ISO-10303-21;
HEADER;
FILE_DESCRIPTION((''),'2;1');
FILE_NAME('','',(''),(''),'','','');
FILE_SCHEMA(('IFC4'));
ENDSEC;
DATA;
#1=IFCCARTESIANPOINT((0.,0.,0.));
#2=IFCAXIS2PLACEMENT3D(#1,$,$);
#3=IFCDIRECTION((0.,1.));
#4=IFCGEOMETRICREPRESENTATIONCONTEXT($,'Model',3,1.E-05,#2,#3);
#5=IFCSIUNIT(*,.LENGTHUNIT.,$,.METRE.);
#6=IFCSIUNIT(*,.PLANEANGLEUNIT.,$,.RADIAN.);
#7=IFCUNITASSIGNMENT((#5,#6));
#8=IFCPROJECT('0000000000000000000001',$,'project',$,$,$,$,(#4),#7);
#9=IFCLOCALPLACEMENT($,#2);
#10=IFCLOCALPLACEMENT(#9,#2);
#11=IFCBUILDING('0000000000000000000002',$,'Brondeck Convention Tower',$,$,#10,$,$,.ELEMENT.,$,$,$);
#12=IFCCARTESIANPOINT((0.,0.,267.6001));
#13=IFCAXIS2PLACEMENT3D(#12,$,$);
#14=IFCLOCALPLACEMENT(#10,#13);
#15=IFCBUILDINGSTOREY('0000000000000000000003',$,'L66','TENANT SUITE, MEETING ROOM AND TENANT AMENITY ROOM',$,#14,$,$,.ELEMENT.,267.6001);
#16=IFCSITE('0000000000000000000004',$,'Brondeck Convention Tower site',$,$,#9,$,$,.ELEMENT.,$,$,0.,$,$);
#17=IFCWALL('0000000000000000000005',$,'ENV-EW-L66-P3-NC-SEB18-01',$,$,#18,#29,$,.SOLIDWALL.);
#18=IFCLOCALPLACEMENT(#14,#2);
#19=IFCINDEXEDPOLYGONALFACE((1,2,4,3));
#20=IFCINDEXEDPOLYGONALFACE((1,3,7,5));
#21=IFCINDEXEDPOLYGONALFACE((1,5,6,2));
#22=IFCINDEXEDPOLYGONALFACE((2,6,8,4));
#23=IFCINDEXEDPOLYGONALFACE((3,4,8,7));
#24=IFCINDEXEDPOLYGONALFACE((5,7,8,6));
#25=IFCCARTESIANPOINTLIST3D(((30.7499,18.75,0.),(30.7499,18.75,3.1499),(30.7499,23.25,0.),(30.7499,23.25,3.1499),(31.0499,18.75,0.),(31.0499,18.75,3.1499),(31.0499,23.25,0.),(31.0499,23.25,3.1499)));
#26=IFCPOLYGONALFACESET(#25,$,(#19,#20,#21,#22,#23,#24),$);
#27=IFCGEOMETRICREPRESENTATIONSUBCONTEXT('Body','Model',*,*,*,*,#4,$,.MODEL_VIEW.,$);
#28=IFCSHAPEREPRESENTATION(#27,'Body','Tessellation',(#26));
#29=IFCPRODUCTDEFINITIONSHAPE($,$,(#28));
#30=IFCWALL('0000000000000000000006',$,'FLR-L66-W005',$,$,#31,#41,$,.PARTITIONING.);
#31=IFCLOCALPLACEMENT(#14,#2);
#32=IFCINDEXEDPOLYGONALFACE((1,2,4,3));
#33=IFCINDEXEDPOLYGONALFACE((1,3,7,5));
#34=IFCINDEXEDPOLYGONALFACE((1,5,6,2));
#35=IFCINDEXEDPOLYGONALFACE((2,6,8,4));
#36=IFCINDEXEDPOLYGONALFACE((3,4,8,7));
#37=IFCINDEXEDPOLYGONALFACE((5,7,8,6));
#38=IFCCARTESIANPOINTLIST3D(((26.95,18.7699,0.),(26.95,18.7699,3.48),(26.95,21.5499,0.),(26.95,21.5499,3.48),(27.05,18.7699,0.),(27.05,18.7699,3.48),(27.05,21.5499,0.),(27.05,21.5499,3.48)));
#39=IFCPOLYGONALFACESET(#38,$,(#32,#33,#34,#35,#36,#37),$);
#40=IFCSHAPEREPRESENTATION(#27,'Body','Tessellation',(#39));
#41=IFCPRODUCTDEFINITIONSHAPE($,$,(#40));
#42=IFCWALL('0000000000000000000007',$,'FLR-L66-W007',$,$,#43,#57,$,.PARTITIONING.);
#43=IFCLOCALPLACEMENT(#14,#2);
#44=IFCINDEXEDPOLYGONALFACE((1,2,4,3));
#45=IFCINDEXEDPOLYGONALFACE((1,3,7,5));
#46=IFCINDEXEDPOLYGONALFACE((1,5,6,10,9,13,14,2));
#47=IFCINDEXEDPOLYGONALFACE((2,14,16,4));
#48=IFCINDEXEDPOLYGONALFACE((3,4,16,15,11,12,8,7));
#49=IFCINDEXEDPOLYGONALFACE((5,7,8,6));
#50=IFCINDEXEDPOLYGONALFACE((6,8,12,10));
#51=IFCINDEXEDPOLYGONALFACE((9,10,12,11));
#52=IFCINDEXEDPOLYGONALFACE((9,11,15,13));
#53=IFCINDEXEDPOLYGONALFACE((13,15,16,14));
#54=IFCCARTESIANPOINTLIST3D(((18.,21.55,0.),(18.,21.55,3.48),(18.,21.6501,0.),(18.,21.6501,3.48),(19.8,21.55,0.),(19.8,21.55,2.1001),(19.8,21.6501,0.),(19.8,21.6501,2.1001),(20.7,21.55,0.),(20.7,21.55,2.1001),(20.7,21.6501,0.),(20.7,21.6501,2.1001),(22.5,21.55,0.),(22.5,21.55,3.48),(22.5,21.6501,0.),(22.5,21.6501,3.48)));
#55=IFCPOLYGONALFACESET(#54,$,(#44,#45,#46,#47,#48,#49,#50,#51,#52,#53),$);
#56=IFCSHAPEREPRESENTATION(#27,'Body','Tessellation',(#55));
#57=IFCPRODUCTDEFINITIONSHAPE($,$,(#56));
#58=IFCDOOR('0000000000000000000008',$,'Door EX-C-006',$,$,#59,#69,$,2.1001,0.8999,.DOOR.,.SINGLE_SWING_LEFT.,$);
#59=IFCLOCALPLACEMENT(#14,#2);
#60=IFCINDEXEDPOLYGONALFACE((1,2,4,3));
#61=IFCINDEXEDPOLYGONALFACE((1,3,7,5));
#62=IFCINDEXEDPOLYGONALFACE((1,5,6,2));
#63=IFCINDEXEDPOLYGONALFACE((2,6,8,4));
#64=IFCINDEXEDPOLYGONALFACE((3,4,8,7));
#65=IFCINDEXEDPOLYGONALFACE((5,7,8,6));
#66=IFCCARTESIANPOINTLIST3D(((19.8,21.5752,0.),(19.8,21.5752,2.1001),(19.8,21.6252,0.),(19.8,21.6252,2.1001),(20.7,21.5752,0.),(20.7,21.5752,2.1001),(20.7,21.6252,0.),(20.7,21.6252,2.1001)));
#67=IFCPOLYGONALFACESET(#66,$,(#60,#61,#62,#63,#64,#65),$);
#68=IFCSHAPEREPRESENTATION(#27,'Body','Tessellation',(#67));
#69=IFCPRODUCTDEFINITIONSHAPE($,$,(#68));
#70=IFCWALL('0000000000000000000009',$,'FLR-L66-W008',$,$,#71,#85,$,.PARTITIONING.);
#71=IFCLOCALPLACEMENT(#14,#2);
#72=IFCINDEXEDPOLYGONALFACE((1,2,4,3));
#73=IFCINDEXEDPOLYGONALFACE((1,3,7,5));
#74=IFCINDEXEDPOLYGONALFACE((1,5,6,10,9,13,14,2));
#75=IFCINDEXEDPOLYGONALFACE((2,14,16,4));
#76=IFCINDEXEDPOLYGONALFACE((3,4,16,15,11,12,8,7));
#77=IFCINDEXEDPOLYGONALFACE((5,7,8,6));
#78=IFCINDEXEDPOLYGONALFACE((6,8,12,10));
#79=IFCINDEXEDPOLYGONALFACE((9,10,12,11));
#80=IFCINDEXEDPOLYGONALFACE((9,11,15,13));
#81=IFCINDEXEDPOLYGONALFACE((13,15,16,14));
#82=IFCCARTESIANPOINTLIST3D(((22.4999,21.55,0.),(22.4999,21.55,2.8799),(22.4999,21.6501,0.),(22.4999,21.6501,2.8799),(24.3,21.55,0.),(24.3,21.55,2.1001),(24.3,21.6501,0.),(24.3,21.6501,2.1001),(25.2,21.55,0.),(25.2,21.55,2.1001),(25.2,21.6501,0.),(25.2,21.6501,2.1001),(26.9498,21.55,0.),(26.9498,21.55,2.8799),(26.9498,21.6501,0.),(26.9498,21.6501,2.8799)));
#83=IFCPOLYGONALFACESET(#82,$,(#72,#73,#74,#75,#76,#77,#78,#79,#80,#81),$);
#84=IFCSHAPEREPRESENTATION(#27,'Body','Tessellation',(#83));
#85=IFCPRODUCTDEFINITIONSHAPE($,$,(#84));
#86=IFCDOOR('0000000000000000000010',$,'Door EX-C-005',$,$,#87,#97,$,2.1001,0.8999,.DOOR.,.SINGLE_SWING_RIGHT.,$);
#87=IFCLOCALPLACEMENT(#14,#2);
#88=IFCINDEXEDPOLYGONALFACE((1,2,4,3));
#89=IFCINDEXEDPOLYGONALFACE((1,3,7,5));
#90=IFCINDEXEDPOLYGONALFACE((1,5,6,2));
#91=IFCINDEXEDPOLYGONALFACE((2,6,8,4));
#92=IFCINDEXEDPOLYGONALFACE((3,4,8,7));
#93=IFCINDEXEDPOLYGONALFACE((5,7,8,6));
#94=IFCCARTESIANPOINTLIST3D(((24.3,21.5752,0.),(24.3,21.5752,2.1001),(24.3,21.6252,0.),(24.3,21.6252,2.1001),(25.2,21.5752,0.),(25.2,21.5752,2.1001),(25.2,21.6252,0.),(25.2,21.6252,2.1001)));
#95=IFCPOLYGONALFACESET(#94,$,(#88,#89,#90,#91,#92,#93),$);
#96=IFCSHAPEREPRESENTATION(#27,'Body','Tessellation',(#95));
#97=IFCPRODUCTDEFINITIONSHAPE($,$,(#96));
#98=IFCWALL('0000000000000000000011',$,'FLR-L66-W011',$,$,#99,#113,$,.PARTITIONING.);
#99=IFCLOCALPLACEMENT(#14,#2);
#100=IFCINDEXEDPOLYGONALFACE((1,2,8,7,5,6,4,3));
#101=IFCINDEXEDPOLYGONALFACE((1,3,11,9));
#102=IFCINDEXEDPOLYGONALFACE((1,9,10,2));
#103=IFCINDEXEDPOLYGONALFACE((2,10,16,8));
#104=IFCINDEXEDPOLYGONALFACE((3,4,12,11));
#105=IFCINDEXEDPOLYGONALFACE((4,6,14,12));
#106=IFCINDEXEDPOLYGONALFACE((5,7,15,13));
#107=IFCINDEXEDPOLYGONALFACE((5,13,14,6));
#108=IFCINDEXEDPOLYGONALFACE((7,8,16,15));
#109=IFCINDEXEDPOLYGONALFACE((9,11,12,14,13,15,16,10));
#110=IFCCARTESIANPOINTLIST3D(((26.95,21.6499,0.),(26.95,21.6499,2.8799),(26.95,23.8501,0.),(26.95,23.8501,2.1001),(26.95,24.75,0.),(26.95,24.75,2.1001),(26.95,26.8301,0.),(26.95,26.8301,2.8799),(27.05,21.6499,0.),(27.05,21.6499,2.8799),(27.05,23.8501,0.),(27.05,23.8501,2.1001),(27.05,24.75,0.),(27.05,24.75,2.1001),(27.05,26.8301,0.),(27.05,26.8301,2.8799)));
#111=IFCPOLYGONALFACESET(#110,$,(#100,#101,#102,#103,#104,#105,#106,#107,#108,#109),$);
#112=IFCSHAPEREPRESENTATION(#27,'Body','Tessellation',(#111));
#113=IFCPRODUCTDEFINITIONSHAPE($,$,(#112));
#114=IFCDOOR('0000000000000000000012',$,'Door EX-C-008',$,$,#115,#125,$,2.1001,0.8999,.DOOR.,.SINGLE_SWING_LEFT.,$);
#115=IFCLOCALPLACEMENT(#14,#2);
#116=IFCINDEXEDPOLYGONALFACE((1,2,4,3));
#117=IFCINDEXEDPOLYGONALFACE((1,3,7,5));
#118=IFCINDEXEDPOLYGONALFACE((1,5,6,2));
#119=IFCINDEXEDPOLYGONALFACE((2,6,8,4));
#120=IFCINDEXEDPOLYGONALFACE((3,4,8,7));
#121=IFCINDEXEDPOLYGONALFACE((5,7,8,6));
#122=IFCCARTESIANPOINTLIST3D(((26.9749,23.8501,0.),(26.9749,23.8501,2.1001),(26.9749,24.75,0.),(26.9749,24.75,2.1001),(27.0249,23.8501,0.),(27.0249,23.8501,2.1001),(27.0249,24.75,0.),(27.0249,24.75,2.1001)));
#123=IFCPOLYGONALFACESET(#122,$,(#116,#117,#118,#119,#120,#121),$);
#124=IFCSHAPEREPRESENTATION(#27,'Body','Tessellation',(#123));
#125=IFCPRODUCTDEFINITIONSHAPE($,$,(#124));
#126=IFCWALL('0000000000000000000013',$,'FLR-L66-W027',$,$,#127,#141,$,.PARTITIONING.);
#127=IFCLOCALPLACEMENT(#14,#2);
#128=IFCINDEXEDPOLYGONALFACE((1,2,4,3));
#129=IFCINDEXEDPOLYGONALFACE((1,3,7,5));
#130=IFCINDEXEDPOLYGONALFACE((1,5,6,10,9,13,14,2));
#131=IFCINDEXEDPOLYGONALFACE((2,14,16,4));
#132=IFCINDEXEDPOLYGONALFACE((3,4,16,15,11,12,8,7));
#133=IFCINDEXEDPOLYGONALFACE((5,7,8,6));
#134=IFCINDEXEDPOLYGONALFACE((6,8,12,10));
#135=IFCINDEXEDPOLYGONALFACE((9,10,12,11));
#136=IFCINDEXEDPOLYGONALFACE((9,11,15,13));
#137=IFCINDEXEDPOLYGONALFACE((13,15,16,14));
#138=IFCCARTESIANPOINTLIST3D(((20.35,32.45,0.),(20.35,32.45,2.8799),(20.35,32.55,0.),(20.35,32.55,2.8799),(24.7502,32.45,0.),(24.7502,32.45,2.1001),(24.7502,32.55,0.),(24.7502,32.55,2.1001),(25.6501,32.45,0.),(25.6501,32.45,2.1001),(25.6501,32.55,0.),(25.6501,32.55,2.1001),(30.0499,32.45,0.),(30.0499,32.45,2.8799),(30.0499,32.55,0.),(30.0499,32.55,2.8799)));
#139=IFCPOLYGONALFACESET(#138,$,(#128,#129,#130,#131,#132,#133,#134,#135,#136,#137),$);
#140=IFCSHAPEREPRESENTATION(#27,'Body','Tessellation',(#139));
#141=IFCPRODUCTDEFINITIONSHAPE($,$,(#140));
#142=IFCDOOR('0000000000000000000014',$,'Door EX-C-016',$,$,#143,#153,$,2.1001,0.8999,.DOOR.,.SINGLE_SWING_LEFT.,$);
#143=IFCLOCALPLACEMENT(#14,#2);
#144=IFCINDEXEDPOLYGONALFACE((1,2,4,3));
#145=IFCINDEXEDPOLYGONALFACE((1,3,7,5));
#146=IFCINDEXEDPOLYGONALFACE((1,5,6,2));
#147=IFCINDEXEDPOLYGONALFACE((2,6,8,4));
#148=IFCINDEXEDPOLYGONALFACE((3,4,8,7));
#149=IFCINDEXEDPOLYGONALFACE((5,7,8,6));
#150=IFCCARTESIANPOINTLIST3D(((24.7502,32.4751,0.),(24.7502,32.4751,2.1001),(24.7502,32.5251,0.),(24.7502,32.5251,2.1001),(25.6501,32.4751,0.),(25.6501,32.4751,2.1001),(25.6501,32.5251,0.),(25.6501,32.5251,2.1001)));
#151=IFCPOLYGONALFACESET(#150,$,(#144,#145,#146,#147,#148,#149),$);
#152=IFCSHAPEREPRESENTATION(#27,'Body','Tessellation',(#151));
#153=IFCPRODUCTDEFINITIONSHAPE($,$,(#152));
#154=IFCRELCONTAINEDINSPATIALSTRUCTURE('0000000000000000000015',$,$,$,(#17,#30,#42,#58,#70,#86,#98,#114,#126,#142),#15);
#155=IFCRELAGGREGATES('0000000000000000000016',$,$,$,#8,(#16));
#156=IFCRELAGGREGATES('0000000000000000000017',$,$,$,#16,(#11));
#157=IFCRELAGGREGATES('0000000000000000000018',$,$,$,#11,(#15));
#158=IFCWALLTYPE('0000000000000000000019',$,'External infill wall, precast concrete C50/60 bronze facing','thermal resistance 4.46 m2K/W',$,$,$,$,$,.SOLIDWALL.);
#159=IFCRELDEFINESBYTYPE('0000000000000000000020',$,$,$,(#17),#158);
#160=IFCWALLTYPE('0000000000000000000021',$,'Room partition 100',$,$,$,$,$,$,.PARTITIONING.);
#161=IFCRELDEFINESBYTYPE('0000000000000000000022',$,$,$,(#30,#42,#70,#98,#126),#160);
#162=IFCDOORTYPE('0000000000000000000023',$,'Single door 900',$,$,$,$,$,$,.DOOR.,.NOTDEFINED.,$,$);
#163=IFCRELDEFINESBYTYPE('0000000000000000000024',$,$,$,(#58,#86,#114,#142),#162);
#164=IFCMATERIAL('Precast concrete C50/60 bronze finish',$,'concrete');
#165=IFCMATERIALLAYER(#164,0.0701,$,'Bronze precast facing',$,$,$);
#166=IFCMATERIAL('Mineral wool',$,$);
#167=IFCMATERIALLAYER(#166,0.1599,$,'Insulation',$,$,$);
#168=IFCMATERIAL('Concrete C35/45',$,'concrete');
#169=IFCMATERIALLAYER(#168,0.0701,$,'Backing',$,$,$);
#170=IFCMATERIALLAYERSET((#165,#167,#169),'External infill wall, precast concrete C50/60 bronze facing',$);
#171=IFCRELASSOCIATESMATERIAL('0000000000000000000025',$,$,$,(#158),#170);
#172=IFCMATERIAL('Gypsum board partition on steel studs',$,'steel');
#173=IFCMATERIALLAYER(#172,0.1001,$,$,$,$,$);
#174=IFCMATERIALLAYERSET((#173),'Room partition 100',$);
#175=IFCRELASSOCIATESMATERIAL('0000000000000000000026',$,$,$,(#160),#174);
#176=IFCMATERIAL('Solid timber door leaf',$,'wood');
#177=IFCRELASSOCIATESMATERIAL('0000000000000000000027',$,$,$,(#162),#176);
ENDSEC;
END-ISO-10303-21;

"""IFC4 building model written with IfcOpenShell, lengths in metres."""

from ifc_helpers import new_model, si_unit, direction, frame, frame_2d, origin, place, context, subcontext, project, spatial, rectangle, extrude, material, layer, layer_set, type_object, element, fill, save


model = new_model("IFC4")

# Units and contexts
model_context = context("Model", 3, precision=1e-05, world=origin(), true_north=direction((0.0, 1.0)))
body_context = subcontext(model_context, "Body", "Model", "MODEL_VIEW")
ifc_project = project(units=[si_unit("LENGTHUNIT", "METRE"), si_unit("PLANEANGLEUNIT", "RADIAN")], contexts=[model_context])

# Site, building, storey
site_placement = place(None, origin())
site = spatial("IfcSite", under=ifc_project, at=site_placement, Name="Brondeck Convention Tower site", CompositionType="ELEMENT", RefElevation=0.0)
building_placement = place(site_placement, origin())
building = spatial("IfcBuilding", under=site, at=building_placement, Name="Brondeck Convention Tower", CompositionType="ELEMENT")
storey_placement = place(building_placement, frame((0.0, 0.0, 267.6001)))
storey = spatial("IfcBuildingStorey", under=building, at=storey_placement, Name="L66", Description="TENANT SUITE, MEETING ROOM AND TENANT AMENITY ROOM", CompositionType="ELEMENT", Elevation=267.6001)

# Shared definitions
ifc_material_1 = material(Name="Precast concrete C50/60 bronze finish", Category="concrete")
ifc_layer_1 = layer(ifc_material_1, 0.0701, Name="Bronze precast facing")
ifc_material_2 = material(Name="Mineral wool")
ifc_layer_2 = layer(ifc_material_2, 0.1599, Name="Insulation")
ifc_material_3 = material(Name="Concrete C35/45", Category="concrete")
ifc_layer_3 = layer(ifc_material_3, 0.0701, Name="Backing")
ifc_layer_set_1 = layer_set([ifc_layer_1, ifc_layer_2, ifc_layer_3], Name="External infill wall, precast concrete C50/60 bronze facing")
wall_type_1 = type_object("IfcWallType", Name="External infill wall, precast concrete C50/60 bronze facing", Description="thermal resistance 4.46 m2K/W", PredefinedType="SOLIDWALL", material=ifc_layer_set_1)

# Walls
wall_1_placement = place(storey_placement, frame((30.8999, 23.25, 0.0), z_axis=(0.0, 0.0, 1.0), x_axis=(0.0, -1.0, 0.0)))
element("IfcWall", 1, at=wall_1_placement, inside=storey, type_object=wall_type_1, Name="ENV-EW-L66-P3-NC-SEB18-01", PredefinedType="SOLIDWALL", context=body_context, shape_type="SweptSolid", body=[
    extrude(rectangle(XDim=4.5, YDim=0.3, at=frame_2d((2.25, 0.0))), origin(), (0.0, 0.0, 1.0), 3.1499),
])
ifc_material_4 = material(Name="Gypsum board partition on steel studs", Category="steel")
ifc_layer_4 = layer(ifc_material_4, 0.1001)
ifc_layer_set_2 = layer_set([ifc_layer_4], Name="Room partition 100")
wall_type_2 = type_object("IfcWallType", Name="Room partition 100", PredefinedType="PARTITIONING", material=ifc_layer_set_2)
wall_2_placement = place(storey_placement, frame((27.0, 21.55, 0.0), z_axis=(0.0, 0.0, 1.0), x_axis=(0.0, -1.0, 0.0)))
element("IfcWall", 2, at=wall_2_placement, inside=storey, type_object=wall_type_2, Name="FLR-L66-W005", PredefinedType="PARTITIONING", context=body_context, shape_type="SweptSolid", body=[
    extrude(rectangle(XDim=2.78, YDim=0.1001, at=frame_2d((1.3901, 0.0))), origin(), (0.0, 0.0, 1.0), 3.48),
])

# Walls, openings, doors
wall_3_placement = place(storey_placement, frame((22.5, 21.6001, 0.0), z_axis=(0.0, 0.0, 1.0), x_axis=(-1.0, 0.0, 0.0)))
wall_3 = element("IfcWall", 3, at=wall_3_placement, inside=storey, type_object=wall_type_2, Name="FLR-L66-W007", PredefinedType="PARTITIONING", context=body_context, shape_type="SweptSolid", body=[
    extrude(rectangle(XDim=4.5, YDim=0.1001, at=frame_2d((2.25, 0.0))), origin(), (0.0, 0.0, 1.0), 3.48),
])
opening_1_placement = place(wall_3_placement, frame((1.8, 0.0, 0.0)))
opening_1 = element("IfcOpeningElement", 4, at=opening_1_placement, cuts=wall_3, PredefinedType="OPENING", context=body_context, shape_type="SweptSolid", body=[
    extrude(rectangle(XDim=0.8999, YDim=2.1001, at=frame_2d((0.45, 1.05))), frame((0.0, 0.0601, 0.0), z_axis=(0.0, -1.0, 0.0), x_axis=(1.0, 0.0, 0.0)), (0.0, 0.0, 1.0), 0.1201),
])
ifc_material_5 = material(Name="Solid timber door leaf", Category="wood")
door_type = type_object("IfcDoorType", Name="Single door 900", OperationType="NOTDEFINED", PredefinedType="DOOR", material=ifc_material_5)
door_1_placement = place(opening_1_placement, origin())
door_1 = element("IfcDoor", 5, at=door_1_placement, inside=storey, type_object=door_type, Name="Door EX-C-006", OperationType="SINGLE_SWING_LEFT", OverallHeight=2.1001, OverallWidth=0.8999, PredefinedType="DOOR", context=body_context, shape_type="SweptSolid", body=[
    extrude(rectangle(XDim=0.8999, YDim=2.1001, at=frame_2d((0.45, 1.05))), frame((0.0, 0.0249, 0.0), z_axis=(0.0, -1.0, 0.0), x_axis=(1.0, 0.0, 0.0)), (0.0, 0.0, 1.0), 0.05),
])
fill(opening_1, door_1)
wall_4_placement = place(storey_placement, frame((26.95, 21.6001, 0.0), z_axis=(0.0, 0.0, 1.0), x_axis=(-1.0, 0.0, 0.0)))
wall_4 = element("IfcWall", 6, at=wall_4_placement, inside=storey, type_object=wall_type_2, Name="FLR-L66-W008", PredefinedType="PARTITIONING", context=body_context, shape_type="SweptSolid", body=[
    extrude(rectangle(XDim=4.45, YDim=0.1001, at=frame_2d((2.2251, 0.0))), origin(), (0.0, 0.0, 1.0), 2.8799),
])
opening_2_placement = place(wall_4_placement, frame((1.75, 0.0, 0.0)))
opening_2 = element("IfcOpeningElement", 7, at=opening_2_placement, cuts=wall_4, PredefinedType="OPENING", context=body_context, shape_type="SweptSolid", body=[
    extrude(rectangle(XDim=0.8999, YDim=2.1001, at=frame_2d((0.45, 1.05))), frame((0.0, 0.0601, 0.0), z_axis=(0.0, -1.0, 0.0), x_axis=(1.0, 0.0, 0.0)), (0.0, 0.0, 1.0), 0.1201),
])
door_2_placement = place(opening_2_placement, origin())
door_2 = element("IfcDoor", 8, at=door_2_placement, inside=storey, type_object=door_type, Name="Door EX-C-005", OperationType="SINGLE_SWING_RIGHT", OverallHeight=2.1001, OverallWidth=0.8999, PredefinedType="DOOR", context=body_context, shape_type="SweptSolid", body=[
    extrude(rectangle(XDim=0.8999, YDim=2.1001, at=frame_2d((0.45, 1.05))), frame((0.0, 0.0249, 0.0), z_axis=(0.0, -1.0, 0.0), x_axis=(1.0, 0.0, 0.0)), (0.0, 0.0, 1.0), 0.05),
])
fill(opening_2, door_2)
wall_5_placement = place(storey_placement, frame((27.0, 26.8301, 0.0), z_axis=(0.0, 0.0, 1.0), x_axis=(0.0, -1.0, 0.0)))
wall_5 = element("IfcWall", 9, at=wall_5_placement, inside=storey, type_object=wall_type_2, Name="FLR-L66-W011", PredefinedType="PARTITIONING", context=body_context, shape_type="SweptSolid", body=[
    extrude(rectangle(XDim=5.1802, YDim=0.1001, at=frame_2d((2.5901, 0.0))), origin(), (0.0, 0.0, 1.0), 2.8799),
])
opening_3_placement = place(wall_5_placement, frame((2.0801, 0.0, 0.0)))
opening_3 = element("IfcOpeningElement", 10, at=opening_3_placement, cuts=wall_5, PredefinedType="OPENING", context=body_context, shape_type="SweptSolid", body=[
    extrude(rectangle(XDim=0.8999, YDim=2.1001, at=frame_2d((0.45, 1.05))), frame((0.0, 0.0601, 0.0), z_axis=(0.0, -1.0, 0.0), x_axis=(1.0, 0.0, 0.0)), (0.0, 0.0, 1.0), 0.1201),
])
door_3_placement = place(opening_3_placement, origin())
door_3 = element("IfcDoor", 11, at=door_3_placement, inside=storey, type_object=door_type, Name="Door EX-C-008", OperationType="SINGLE_SWING_LEFT", OverallHeight=2.1001, OverallWidth=0.8999, PredefinedType="DOOR", context=body_context, shape_type="SweptSolid", body=[
    extrude(rectangle(XDim=0.8999, YDim=2.1001, at=frame_2d((0.45, 1.05))), frame((0.0, 0.0249, 0.0), z_axis=(0.0, -1.0, 0.0), x_axis=(1.0, 0.0, 0.0)), (0.0, 0.0, 1.0), 0.05),
])
fill(opening_3, door_3)
wall_6_placement = place(storey_placement, frame((30.05, 32.5, 0.0), z_axis=(0.0, 0.0, 1.0), x_axis=(-1.0, 0.0, 0.0)))
wall_6 = element("IfcWall", 12, at=wall_6_placement, inside=storey, type_object=wall_type_2, Name="FLR-L66-W027", PredefinedType="PARTITIONING", context=body_context, shape_type="SweptSolid", body=[
    extrude(rectangle(XDim=9.7, YDim=0.1001, at=frame_2d((4.8501, 0.0))), origin(), (0.0, 0.0, 1.0), 2.8799),
])
opening_4_placement = place(wall_6_placement, frame((4.3999, 0.0, 0.0)))
opening_4 = element("IfcOpeningElement", 13, at=opening_4_placement, cuts=wall_6, PredefinedType="OPENING", context=body_context, shape_type="SweptSolid", body=[
    extrude(rectangle(XDim=0.8999, YDim=2.1001, at=frame_2d((0.45, 1.05))), frame((0.0, 0.0601, 0.0), z_axis=(0.0, -1.0, 0.0), x_axis=(1.0, 0.0, 0.0)), (0.0, 0.0, 1.0), 0.1201),
])
door_4_placement = place(opening_4_placement, origin())
door_4 = element("IfcDoor", 14, at=door_4_placement, inside=storey, type_object=door_type, Name="Door EX-C-016", OperationType="SINGLE_SWING_LEFT", OverallHeight=2.1001, OverallWidth=0.8999, PredefinedType="DOOR", context=body_context, shape_type="SweptSolid", body=[
    extrude(rectangle(XDim=0.8999, YDim=2.1001, at=frame_2d((0.45, 1.05))), frame((0.0, 0.0249, 0.0), z_axis=(0.0, -1.0, 0.0), x_axis=(1.0, 0.0, 0.0)), (0.0, 0.0, 1.0), 0.05),
])
fill(opening_4, door_4)

save(model, "model.ifc")
